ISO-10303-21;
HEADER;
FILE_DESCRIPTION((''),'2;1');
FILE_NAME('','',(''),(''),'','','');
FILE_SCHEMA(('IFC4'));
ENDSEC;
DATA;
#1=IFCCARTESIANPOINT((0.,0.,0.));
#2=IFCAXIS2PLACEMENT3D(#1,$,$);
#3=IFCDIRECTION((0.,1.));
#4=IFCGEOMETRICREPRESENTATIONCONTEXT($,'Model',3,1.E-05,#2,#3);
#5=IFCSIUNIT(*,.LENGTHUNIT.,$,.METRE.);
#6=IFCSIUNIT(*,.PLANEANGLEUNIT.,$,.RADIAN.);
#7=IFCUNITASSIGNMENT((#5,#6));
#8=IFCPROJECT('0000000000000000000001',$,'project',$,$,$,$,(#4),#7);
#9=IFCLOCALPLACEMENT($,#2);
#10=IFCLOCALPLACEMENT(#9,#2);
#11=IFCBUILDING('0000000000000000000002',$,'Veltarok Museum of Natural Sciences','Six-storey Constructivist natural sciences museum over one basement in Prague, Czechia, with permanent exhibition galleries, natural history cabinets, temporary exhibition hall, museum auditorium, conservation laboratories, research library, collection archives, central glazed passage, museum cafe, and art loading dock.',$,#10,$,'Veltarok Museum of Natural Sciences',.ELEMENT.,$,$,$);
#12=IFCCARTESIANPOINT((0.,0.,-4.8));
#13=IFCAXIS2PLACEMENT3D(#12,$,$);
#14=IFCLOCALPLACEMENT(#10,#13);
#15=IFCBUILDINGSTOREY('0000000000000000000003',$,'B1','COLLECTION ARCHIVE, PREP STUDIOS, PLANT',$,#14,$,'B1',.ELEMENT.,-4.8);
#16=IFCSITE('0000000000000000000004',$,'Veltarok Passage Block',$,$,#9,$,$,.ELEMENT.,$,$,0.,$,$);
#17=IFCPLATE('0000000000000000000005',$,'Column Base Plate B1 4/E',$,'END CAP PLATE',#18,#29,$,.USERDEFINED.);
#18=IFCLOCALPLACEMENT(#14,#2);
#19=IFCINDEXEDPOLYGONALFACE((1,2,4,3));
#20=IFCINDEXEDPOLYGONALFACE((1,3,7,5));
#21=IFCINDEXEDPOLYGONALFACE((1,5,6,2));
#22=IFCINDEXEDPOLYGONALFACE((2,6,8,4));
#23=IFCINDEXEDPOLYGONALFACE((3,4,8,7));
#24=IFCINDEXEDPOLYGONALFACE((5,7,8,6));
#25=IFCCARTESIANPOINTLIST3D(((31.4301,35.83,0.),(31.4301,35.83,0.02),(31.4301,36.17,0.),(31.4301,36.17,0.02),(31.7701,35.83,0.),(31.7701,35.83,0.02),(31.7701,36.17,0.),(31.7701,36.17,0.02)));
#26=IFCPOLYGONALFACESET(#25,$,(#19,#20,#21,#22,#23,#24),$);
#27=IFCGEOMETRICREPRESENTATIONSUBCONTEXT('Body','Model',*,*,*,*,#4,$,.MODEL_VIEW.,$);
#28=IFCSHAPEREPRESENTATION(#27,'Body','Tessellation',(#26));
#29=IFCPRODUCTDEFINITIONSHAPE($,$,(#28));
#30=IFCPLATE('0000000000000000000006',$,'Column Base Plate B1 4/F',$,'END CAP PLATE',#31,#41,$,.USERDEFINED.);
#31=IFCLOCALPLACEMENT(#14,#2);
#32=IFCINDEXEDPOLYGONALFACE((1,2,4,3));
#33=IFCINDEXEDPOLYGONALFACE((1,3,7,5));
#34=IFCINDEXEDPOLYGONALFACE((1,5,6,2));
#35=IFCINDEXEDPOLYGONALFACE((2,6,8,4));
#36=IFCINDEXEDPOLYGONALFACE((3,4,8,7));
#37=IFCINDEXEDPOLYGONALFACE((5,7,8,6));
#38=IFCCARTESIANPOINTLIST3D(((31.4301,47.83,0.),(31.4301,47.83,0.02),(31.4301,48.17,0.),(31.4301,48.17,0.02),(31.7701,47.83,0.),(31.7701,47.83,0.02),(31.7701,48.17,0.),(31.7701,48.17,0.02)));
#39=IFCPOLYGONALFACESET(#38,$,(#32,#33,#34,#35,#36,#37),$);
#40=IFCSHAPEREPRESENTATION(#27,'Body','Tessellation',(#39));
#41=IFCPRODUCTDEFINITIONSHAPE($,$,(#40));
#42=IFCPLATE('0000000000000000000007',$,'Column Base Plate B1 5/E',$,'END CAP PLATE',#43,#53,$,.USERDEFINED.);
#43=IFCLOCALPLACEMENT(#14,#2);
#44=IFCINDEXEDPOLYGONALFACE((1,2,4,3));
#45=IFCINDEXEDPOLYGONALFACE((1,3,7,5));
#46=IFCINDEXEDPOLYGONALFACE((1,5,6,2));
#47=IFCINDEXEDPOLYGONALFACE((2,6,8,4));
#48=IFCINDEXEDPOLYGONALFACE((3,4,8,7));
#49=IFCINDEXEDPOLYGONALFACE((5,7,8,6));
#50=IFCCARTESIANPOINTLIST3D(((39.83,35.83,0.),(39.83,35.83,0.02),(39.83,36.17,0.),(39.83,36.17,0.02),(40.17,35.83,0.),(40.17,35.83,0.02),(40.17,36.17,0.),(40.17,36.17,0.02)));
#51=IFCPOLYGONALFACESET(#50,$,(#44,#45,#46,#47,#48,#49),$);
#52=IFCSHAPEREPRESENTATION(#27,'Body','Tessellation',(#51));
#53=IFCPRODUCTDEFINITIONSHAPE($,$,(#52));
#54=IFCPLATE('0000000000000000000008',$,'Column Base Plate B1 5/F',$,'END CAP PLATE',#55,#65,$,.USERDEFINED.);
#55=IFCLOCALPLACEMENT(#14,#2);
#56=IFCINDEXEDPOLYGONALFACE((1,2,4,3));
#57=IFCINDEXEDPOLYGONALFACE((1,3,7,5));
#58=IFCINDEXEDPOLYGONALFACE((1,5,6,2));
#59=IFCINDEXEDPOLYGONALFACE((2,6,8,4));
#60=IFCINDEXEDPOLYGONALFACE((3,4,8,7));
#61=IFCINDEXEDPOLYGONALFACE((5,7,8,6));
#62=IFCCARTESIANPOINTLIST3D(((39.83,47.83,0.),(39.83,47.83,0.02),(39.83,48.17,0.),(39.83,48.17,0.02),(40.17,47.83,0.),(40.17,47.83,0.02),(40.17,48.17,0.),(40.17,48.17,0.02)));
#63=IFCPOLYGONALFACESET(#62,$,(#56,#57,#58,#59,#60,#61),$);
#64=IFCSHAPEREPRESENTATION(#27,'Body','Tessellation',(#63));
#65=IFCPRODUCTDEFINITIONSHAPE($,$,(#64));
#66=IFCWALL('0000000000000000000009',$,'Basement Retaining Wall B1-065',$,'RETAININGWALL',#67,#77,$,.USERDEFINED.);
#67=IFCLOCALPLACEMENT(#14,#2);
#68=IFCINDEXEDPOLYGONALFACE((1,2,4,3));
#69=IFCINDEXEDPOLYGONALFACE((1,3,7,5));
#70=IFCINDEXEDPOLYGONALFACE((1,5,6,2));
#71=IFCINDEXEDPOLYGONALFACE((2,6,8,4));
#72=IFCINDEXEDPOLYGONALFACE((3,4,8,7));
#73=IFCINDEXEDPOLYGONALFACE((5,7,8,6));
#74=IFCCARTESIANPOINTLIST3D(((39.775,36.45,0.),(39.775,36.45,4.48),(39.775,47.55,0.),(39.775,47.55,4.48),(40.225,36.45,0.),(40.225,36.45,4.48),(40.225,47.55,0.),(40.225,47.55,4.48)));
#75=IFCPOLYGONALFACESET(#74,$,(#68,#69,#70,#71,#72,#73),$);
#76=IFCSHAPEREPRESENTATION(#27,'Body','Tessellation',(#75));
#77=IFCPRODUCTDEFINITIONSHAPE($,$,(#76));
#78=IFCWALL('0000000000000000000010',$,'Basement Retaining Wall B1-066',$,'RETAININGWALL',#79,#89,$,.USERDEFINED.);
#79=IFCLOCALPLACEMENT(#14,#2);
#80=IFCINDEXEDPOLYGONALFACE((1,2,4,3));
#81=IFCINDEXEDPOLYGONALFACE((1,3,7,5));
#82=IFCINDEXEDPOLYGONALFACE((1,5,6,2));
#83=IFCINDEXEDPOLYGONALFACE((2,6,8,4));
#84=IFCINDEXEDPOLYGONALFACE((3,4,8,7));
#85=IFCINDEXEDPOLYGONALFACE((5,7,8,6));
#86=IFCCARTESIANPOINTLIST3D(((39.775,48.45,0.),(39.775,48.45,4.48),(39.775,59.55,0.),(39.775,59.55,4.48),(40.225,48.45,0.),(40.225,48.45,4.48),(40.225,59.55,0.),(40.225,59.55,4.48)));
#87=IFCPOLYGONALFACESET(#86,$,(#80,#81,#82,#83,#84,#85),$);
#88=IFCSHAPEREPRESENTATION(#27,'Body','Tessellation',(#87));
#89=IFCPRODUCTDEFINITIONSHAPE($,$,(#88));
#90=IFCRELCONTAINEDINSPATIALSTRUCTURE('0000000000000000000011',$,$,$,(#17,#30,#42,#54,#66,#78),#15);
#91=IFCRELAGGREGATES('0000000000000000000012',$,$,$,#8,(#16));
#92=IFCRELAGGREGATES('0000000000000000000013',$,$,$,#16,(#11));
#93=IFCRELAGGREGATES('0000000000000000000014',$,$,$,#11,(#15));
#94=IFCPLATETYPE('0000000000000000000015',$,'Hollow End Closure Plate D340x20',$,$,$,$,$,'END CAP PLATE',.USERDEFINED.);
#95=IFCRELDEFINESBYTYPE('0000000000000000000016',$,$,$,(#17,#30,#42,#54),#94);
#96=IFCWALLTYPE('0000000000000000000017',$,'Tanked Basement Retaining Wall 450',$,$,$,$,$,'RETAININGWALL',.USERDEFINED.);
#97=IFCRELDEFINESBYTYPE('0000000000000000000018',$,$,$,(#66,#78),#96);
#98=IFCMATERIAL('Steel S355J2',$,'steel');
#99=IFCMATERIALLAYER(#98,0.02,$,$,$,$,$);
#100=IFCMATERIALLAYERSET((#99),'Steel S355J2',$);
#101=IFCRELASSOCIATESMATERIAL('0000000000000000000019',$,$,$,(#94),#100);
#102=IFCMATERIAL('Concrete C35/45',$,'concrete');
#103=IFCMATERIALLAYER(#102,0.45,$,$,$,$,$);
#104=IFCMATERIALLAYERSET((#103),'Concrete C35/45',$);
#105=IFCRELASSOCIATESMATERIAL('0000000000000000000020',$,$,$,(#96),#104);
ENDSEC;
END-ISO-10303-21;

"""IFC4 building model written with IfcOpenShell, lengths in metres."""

from ifc_helpers import new_model, si_unit, direction, frame, frame_2d, origin, origin_2d, place, context, subcontext, project, spatial, rectangle, extrude, material, layer, layer_set, type_object, element, save


model = new_model("IFC4")

# Units and contexts
model_context = context("Model", 3, precision=1e-05, world=origin(), true_north=direction((0.0, 1.0)))
body_context = subcontext(model_context, "Body", "Model", "MODEL_VIEW")
ifc_project = project(units=[si_unit("LENGTHUNIT", "METRE"), si_unit("PLANEANGLEUNIT", "RADIAN")], contexts=[model_context])

# Site, building, storey
site_placement = place(None, origin())
site = spatial("IfcSite", under=ifc_project, at=site_placement, Name="Veltarok Passage Block", CompositionType="ELEMENT", RefElevation=0.0)
building_placement = place(site_placement, origin())
building = spatial("IfcBuilding", under=site, at=building_placement, Name="Veltarok Museum of Natural Sciences", Description="Six-storey Constructivist natural sciences museum over one basement in Prague, Czechia, with permanent exhibition galleries, natural history cabinets, temporary exhibition hall, museum auditorium, conservation laboratories, research library, collection archives, central glazed passage, museum cafe, and art loading dock.", LongName="Veltarok Museum of Natural Sciences", CompositionType="ELEMENT")
storey_placement = place(building_placement, frame((0.0, 0.0, -4.8)))
storey = spatial("IfcBuildingStorey", under=building, at=storey_placement, Name="B1", Description="COLLECTION ARCHIVE, PREP STUDIOS, PLANT", LongName="B1", CompositionType="ELEMENT", Elevation=-4.8)

# Shared definitions
ifc_material_1 = material(Name="Concrete C35/45", Category="concrete")

# Shared definitions
ifc_material_2 = material(Name="Steel S355J2", Category="steel")

# Plates
ifc_layer_1 = layer(ifc_material_2, 0.02)
ifc_layer_set_1 = layer_set([ifc_layer_1], Name="Steel S355J2")
plate_type = type_object("IfcPlateType", Name="Hollow End Closure Plate D340x20", ElementType="END CAP PLATE", PredefinedType="USERDEFINED", material=ifc_layer_set_1)
for number, where, z_axis, x_axis, name in (
    (1, (31.6001, 36.0, 0.0), (0.0, 0.0, 1.0), (1.0, 0.0, 0.0), "Column Base Plate B1 4/E"),
    (2, (31.6001, 48.0, 0.0), (0.0, 0.0, 1.0), (1.0, 0.0, 0.0), "Column Base Plate B1 4/F"),
    (3, (40.0, 36.0, 0.0), (0.0, 0.0, 1.0), (1.0, 0.0, 0.0), "Column Base Plate B1 5/E"),
    (4, (40.0, 48.0, 0.0), (0.0, 0.0, 1.0), (1.0, 0.0, 0.0), "Column Base Plate B1 5/F"),
):
    element("IfcPlate", number, at=place(storey_placement, frame(where, z_axis=z_axis, x_axis=x_axis)), inside=storey, type_object=plate_type, Name=name, ObjectType="END CAP PLATE", PredefinedType="USERDEFINED", context=body_context, shape_type="SweptSolid", body=[
        extrude(rectangle(XDim=0.3401, YDim=0.3401, at=origin_2d()), origin(), (0.0, 0.0, 1.0), 0.02),
    ])

# Walls
ifc_layer_2 = layer(ifc_material_1, 0.45)
ifc_layer_set_2 = layer_set([ifc_layer_2], Name="Concrete C35/45")
wall_type = type_object("IfcWallType", Name="Tanked Basement Retaining Wall 450", ElementType="RETAININGWALL", PredefinedType="USERDEFINED", material=ifc_layer_set_2)
for number, where, z_axis, x_axis, name in (
    (5, (40.0, 36.45, 0.0), (0.0, 0.0, 1.0), (0.0, 1.0, 0.0), "Basement Retaining Wall B1-065"),
    (6, (40.0, 48.45, 0.0), (0.0, 0.0, 1.0), (0.0, 1.0, 0.0), "Basement Retaining Wall B1-066"),
):
    element("IfcWall", number, at=place(storey_placement, frame(where, z_axis=z_axis, x_axis=x_axis)), inside=storey, type_object=wall_type, Name=name, ObjectType="RETAININGWALL", PredefinedType="USERDEFINED", context=body_context, shape_type="SweptSolid", body=[
        extrude(rectangle(XDim=11.1001, YDim=0.45, at=frame_2d((5.55, 0.0))), origin(), (0.0, 0.0, 1.0), 4.48),
    ])

save(model, "model.ifc")
